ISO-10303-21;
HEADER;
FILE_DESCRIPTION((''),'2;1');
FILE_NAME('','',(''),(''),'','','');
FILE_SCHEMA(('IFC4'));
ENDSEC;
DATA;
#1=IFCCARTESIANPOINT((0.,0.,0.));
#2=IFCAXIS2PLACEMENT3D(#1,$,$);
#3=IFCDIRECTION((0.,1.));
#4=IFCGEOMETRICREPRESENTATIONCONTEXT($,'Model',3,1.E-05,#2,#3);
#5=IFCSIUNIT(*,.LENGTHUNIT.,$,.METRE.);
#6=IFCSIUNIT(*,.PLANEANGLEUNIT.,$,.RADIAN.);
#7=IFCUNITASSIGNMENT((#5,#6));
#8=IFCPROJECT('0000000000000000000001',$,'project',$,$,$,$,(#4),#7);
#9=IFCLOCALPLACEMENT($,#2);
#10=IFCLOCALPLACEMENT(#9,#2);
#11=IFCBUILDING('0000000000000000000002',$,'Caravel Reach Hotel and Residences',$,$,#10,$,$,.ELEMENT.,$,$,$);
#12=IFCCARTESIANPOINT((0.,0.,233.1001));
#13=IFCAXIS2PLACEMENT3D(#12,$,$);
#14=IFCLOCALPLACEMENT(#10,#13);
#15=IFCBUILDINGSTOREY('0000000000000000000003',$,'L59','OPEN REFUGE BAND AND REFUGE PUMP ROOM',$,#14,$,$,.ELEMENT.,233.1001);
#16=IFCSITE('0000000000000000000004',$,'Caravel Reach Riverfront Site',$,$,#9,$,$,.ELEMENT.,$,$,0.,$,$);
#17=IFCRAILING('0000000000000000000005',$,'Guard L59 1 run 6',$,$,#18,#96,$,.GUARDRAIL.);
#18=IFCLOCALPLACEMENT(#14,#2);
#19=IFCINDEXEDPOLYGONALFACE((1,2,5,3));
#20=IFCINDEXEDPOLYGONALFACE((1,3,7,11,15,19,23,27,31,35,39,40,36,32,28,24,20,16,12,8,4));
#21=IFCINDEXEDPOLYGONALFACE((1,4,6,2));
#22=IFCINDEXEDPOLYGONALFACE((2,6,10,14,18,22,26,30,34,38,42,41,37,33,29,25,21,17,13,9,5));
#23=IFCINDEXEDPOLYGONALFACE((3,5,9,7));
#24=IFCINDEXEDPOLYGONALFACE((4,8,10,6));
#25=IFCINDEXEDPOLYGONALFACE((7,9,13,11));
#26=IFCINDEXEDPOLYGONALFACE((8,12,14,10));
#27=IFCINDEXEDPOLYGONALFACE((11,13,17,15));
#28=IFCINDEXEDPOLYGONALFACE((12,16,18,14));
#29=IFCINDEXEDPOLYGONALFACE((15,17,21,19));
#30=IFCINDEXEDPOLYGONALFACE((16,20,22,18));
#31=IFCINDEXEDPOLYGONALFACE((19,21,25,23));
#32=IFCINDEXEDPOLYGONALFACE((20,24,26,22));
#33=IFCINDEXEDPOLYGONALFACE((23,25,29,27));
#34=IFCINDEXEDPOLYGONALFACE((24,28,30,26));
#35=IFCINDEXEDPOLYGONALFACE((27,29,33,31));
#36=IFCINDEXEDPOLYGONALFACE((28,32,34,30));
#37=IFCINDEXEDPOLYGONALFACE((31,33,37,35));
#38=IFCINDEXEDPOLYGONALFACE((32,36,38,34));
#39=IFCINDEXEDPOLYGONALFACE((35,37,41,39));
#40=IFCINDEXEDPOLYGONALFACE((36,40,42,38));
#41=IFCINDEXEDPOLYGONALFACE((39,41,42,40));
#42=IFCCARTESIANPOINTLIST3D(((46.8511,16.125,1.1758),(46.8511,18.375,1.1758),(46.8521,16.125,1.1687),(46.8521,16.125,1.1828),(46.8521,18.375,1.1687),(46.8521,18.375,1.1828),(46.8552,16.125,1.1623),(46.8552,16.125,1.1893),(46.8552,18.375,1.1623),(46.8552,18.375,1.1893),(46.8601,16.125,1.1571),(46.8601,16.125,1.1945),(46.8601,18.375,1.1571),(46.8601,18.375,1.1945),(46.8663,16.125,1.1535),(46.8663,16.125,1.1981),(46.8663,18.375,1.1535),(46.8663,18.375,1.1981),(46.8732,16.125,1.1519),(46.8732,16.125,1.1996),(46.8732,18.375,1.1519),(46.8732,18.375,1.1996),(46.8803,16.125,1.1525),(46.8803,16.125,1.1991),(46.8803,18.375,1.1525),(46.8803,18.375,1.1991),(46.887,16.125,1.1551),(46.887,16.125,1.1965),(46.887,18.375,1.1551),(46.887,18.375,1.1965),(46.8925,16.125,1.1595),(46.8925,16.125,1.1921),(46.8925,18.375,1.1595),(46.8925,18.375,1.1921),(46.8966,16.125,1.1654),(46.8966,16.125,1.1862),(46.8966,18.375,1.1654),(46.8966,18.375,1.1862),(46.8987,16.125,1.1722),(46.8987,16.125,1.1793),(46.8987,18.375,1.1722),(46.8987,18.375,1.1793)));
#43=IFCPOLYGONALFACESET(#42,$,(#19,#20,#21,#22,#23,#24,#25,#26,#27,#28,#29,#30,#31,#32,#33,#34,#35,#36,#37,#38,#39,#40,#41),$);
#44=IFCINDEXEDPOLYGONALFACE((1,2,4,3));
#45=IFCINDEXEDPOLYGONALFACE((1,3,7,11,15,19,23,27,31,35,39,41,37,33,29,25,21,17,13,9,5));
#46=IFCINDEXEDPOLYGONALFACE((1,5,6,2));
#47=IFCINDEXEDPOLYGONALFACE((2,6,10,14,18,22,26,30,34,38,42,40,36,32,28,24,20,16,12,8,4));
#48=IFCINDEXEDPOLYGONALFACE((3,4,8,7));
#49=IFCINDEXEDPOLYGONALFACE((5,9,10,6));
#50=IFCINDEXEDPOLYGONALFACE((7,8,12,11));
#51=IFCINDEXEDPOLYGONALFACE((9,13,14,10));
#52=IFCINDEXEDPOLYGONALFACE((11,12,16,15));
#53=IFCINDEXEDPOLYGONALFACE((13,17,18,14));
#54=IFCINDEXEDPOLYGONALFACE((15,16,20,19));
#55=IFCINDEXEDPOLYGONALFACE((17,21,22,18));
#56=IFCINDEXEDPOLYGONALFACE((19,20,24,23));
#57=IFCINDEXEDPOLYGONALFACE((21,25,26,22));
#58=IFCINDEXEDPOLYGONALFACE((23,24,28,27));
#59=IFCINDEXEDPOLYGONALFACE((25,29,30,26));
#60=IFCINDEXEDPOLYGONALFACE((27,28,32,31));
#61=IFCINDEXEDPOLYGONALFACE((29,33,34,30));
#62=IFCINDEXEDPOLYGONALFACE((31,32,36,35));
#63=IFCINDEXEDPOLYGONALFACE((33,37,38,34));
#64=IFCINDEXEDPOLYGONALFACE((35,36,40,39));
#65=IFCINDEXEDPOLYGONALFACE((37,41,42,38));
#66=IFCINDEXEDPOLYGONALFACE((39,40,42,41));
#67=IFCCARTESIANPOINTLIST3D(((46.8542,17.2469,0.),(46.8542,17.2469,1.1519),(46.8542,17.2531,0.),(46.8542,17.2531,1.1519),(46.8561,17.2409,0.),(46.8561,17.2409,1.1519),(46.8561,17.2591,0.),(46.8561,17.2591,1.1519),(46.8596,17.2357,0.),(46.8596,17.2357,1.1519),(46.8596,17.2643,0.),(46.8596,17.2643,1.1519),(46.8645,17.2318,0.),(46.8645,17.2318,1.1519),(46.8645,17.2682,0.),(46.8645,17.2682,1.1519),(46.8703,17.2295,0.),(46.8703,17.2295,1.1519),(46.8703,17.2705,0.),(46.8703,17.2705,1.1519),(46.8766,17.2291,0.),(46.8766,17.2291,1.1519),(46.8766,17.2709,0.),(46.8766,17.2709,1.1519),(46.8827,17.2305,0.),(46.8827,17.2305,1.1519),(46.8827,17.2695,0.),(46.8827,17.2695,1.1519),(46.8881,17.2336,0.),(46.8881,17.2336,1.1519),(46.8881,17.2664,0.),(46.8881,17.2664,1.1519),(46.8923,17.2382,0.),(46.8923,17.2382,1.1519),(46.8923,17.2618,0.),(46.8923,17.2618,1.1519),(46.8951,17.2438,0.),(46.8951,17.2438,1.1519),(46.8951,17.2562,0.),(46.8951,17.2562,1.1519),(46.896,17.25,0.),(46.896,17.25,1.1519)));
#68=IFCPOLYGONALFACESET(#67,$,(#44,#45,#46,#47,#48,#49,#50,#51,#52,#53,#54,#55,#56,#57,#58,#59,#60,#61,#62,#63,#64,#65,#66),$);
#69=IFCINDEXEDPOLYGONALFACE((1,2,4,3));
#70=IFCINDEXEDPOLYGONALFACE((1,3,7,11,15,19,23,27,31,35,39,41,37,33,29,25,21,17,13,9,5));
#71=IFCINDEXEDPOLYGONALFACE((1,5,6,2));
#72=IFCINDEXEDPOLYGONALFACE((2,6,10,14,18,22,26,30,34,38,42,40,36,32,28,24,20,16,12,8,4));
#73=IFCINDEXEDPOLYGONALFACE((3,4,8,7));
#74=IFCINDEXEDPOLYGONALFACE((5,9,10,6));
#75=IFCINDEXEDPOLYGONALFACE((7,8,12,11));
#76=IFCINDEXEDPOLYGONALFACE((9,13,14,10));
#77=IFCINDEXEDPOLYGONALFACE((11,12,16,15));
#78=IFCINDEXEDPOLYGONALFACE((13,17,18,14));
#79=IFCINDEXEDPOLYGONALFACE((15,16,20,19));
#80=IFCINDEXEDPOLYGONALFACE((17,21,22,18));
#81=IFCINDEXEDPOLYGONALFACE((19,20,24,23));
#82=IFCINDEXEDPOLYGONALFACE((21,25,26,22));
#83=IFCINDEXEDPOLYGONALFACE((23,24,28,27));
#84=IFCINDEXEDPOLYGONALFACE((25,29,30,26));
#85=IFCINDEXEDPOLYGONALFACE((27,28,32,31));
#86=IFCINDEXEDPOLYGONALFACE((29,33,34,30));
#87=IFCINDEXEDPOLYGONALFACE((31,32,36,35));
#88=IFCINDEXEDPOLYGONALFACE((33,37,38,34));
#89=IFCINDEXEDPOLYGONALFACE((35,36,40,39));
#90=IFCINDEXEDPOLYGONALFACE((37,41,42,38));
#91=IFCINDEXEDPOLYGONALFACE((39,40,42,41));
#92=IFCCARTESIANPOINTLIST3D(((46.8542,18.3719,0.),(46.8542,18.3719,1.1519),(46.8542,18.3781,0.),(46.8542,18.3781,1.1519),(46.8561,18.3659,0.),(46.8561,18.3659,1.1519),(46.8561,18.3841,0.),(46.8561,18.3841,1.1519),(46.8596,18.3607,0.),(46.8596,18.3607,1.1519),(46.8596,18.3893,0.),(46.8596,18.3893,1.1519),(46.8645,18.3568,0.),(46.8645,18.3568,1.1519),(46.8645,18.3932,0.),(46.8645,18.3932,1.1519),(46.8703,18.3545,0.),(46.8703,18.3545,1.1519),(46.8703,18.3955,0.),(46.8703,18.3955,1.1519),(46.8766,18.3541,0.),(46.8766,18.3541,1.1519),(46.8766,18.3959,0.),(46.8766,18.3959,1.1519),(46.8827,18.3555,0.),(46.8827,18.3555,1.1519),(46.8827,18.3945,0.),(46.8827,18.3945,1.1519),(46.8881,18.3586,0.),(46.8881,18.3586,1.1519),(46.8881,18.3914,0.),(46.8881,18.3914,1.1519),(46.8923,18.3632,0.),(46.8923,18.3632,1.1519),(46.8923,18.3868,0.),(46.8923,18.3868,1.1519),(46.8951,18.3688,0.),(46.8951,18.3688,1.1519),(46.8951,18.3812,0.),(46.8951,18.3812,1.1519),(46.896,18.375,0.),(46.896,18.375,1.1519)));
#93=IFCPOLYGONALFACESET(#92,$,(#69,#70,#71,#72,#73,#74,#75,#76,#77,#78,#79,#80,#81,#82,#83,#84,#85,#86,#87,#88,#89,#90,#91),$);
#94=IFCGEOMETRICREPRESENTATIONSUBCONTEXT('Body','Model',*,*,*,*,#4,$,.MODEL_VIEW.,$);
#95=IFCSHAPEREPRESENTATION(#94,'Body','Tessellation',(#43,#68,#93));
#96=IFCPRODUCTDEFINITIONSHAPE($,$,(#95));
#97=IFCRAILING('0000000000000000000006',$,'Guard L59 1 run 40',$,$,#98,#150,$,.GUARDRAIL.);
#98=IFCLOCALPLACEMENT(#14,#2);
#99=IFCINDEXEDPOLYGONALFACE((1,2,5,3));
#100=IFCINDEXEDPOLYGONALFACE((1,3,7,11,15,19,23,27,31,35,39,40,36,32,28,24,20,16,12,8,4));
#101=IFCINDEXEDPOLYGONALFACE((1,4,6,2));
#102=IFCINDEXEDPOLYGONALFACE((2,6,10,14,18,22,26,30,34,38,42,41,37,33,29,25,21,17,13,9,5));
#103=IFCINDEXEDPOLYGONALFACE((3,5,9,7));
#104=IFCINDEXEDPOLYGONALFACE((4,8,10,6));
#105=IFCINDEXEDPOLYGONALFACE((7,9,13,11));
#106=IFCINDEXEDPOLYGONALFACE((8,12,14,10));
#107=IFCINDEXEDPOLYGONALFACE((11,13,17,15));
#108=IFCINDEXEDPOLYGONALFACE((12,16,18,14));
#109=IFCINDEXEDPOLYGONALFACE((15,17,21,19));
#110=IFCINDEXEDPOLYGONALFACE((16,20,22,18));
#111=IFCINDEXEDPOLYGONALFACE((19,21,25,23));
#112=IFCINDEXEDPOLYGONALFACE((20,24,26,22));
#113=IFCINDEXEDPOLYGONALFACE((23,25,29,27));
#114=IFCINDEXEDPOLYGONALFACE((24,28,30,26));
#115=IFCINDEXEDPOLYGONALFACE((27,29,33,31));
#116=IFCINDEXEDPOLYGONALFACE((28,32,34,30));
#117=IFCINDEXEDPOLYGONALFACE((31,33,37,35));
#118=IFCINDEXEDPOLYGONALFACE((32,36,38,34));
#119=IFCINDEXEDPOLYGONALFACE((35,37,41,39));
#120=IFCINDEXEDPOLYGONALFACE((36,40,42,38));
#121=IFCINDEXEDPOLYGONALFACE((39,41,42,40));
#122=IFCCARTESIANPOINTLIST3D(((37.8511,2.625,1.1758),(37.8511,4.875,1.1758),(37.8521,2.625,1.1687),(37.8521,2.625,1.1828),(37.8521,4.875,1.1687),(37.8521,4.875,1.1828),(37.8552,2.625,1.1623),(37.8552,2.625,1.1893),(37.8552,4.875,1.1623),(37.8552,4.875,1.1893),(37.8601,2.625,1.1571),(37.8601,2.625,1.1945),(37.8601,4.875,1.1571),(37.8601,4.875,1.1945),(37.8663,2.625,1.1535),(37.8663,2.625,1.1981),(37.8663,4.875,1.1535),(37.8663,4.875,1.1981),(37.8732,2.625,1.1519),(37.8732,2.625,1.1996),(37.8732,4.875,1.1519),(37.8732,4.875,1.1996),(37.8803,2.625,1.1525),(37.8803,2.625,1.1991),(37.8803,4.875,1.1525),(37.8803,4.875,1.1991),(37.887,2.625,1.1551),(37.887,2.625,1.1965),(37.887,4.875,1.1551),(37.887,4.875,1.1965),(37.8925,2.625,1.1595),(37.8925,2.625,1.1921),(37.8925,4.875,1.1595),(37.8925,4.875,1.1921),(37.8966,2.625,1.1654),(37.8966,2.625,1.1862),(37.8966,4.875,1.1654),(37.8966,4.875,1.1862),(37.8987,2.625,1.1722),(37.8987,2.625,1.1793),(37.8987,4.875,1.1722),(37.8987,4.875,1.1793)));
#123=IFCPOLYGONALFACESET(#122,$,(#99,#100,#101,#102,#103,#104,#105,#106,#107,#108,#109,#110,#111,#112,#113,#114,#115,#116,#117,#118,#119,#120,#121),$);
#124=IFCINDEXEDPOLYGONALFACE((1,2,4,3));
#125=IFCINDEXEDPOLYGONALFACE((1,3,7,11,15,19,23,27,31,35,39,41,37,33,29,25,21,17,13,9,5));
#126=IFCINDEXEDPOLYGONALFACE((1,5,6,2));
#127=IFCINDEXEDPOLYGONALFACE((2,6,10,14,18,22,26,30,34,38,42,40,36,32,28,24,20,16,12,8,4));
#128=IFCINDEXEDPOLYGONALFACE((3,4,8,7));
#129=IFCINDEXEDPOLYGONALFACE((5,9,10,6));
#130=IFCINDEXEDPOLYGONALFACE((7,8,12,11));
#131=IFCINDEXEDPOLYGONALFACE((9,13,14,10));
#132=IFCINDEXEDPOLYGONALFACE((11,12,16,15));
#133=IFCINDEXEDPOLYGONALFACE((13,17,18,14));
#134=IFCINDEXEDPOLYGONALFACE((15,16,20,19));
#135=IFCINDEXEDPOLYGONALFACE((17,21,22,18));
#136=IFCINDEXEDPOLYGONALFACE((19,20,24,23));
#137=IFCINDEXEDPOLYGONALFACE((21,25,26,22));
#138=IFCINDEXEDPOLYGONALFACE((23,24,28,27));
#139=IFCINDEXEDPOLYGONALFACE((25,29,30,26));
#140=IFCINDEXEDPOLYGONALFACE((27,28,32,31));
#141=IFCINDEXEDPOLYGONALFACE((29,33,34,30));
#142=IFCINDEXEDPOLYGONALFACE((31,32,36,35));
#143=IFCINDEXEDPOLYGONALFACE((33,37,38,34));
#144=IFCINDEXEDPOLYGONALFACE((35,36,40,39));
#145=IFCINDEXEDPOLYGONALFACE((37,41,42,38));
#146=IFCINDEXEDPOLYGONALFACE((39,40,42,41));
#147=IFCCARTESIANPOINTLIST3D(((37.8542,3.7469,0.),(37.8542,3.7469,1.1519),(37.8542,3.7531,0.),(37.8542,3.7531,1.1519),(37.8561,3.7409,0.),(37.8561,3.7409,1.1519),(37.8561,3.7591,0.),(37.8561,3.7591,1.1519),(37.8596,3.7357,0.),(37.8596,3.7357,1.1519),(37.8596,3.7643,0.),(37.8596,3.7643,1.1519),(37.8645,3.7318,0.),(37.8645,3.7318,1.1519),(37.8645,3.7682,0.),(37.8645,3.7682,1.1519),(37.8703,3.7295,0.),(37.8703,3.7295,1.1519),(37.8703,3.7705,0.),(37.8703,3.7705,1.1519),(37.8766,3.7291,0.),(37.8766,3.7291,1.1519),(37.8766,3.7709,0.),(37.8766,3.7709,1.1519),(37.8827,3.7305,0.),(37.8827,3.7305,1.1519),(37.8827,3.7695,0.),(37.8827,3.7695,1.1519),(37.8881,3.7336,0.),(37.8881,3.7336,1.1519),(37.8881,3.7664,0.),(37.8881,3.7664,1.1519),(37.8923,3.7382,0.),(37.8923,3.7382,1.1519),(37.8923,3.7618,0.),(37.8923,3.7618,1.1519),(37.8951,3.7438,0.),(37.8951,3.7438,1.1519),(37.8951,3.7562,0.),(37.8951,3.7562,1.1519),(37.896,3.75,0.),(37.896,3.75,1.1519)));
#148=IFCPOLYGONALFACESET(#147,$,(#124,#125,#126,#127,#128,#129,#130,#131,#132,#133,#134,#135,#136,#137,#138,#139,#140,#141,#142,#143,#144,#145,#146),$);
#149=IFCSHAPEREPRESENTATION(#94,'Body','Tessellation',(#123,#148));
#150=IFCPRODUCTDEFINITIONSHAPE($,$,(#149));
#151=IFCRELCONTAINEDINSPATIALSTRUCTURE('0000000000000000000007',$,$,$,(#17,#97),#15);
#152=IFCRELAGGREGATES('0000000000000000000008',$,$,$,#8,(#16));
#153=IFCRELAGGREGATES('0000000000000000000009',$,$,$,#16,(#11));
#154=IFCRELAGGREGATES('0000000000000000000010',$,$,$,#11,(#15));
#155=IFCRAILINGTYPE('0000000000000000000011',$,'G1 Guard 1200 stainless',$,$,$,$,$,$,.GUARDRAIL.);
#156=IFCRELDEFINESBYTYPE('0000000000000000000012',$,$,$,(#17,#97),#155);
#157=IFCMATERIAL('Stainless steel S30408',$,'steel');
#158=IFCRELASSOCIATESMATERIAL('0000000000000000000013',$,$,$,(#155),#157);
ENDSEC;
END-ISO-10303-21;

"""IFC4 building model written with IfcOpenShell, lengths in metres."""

from ifc_helpers import new_model, si_unit, direction, frame, origin, origin_2d, place, context, subcontext, project, spatial, circle, extrude, material, type_object, element, save


model = new_model("IFC4")

# Units and contexts
model_context = context("Model", 3, precision=1e-05, world=origin(), true_north=direction((0.0, 1.0)))
body_context = subcontext(model_context, "Body", "Model", "MODEL_VIEW")
ifc_project = project(units=[si_unit("LENGTHUNIT", "METRE"), si_unit("PLANEANGLEUNIT", "RADIAN")], contexts=[model_context])

# Site, building, storey
site_placement = place(None, origin())
site = spatial("IfcSite", under=ifc_project, at=site_placement, Name="Caravel Reach Riverfront Site", CompositionType="ELEMENT", RefElevation=0.0)
building_placement = place(site_placement, origin())
building = spatial("IfcBuilding", under=site, at=building_placement, Name="Caravel Reach Hotel and Residences", CompositionType="ELEMENT")
storey_placement = place(building_placement, frame((0.0, 0.0, 233.1001)))
storey = spatial("IfcBuildingStorey", under=building, at=storey_placement, Name="L59", Description="OPEN REFUGE BAND AND REFUGE PUMP ROOM", CompositionType="ELEMENT", Elevation=233.1001)

# Railings
ifc_material_1 = material(Name="Stainless steel S30408", Category="steel")
railing_type = type_object("IfcRailingType", Name="G1 Guard 1200 stainless", PredefinedType="GUARDRAIL", material=ifc_material_1)
railing_1_placement = place(storey_placement, frame((46.875, 16.125, 0.0)))
element("IfcRailing", 1, at=railing_1_placement, inside=storey, type_object=railing_type, Name="Guard L59 1 run 6", PredefinedType="GUARDRAIL", context=body_context, shape_type="SweptSolid", body=[
    extrude(circle(Radius=0.0239, at=origin_2d()), frame((0.0, 0.0, 1.1758), z_axis=(0.0, 1.0, 0.0), x_axis=(-1.0, 0.0, 0.0)), (0.0, 0.0, 1.0), 2.25),
    extrude(circle(Radius=0.021, at=origin_2d()), frame((0.0, 1.125, 0.0)), (0.0, 0.0, 1.0), 1.1519),
    extrude(circle(Radius=0.021, at=origin_2d()), frame((0.0, 2.25, 0.0)), (0.0, 0.0, 1.0), 1.1519),
])
railing_2_placement = place(storey_placement, frame((37.875, 2.625, 0.0)))
element("IfcRailing", 2, at=railing_2_placement, inside=storey, type_object=railing_type, Name="Guard L59 1 run 40", PredefinedType="GUARDRAIL", context=body_context, shape_type="SweptSolid", body=[
    extrude(circle(Radius=0.0239, at=origin_2d()), frame((0.0, 0.0, 1.1758), z_axis=(0.0, 1.0, 0.0), x_axis=(-1.0, 0.0, 0.0)), (0.0, 0.0, 1.0), 2.25),
    extrude(circle(Radius=0.021, at=origin_2d()), frame((0.0, 1.125, 0.0)), (0.0, 0.0, 1.0), 1.1519),
])

save(model, "model.ifc")
